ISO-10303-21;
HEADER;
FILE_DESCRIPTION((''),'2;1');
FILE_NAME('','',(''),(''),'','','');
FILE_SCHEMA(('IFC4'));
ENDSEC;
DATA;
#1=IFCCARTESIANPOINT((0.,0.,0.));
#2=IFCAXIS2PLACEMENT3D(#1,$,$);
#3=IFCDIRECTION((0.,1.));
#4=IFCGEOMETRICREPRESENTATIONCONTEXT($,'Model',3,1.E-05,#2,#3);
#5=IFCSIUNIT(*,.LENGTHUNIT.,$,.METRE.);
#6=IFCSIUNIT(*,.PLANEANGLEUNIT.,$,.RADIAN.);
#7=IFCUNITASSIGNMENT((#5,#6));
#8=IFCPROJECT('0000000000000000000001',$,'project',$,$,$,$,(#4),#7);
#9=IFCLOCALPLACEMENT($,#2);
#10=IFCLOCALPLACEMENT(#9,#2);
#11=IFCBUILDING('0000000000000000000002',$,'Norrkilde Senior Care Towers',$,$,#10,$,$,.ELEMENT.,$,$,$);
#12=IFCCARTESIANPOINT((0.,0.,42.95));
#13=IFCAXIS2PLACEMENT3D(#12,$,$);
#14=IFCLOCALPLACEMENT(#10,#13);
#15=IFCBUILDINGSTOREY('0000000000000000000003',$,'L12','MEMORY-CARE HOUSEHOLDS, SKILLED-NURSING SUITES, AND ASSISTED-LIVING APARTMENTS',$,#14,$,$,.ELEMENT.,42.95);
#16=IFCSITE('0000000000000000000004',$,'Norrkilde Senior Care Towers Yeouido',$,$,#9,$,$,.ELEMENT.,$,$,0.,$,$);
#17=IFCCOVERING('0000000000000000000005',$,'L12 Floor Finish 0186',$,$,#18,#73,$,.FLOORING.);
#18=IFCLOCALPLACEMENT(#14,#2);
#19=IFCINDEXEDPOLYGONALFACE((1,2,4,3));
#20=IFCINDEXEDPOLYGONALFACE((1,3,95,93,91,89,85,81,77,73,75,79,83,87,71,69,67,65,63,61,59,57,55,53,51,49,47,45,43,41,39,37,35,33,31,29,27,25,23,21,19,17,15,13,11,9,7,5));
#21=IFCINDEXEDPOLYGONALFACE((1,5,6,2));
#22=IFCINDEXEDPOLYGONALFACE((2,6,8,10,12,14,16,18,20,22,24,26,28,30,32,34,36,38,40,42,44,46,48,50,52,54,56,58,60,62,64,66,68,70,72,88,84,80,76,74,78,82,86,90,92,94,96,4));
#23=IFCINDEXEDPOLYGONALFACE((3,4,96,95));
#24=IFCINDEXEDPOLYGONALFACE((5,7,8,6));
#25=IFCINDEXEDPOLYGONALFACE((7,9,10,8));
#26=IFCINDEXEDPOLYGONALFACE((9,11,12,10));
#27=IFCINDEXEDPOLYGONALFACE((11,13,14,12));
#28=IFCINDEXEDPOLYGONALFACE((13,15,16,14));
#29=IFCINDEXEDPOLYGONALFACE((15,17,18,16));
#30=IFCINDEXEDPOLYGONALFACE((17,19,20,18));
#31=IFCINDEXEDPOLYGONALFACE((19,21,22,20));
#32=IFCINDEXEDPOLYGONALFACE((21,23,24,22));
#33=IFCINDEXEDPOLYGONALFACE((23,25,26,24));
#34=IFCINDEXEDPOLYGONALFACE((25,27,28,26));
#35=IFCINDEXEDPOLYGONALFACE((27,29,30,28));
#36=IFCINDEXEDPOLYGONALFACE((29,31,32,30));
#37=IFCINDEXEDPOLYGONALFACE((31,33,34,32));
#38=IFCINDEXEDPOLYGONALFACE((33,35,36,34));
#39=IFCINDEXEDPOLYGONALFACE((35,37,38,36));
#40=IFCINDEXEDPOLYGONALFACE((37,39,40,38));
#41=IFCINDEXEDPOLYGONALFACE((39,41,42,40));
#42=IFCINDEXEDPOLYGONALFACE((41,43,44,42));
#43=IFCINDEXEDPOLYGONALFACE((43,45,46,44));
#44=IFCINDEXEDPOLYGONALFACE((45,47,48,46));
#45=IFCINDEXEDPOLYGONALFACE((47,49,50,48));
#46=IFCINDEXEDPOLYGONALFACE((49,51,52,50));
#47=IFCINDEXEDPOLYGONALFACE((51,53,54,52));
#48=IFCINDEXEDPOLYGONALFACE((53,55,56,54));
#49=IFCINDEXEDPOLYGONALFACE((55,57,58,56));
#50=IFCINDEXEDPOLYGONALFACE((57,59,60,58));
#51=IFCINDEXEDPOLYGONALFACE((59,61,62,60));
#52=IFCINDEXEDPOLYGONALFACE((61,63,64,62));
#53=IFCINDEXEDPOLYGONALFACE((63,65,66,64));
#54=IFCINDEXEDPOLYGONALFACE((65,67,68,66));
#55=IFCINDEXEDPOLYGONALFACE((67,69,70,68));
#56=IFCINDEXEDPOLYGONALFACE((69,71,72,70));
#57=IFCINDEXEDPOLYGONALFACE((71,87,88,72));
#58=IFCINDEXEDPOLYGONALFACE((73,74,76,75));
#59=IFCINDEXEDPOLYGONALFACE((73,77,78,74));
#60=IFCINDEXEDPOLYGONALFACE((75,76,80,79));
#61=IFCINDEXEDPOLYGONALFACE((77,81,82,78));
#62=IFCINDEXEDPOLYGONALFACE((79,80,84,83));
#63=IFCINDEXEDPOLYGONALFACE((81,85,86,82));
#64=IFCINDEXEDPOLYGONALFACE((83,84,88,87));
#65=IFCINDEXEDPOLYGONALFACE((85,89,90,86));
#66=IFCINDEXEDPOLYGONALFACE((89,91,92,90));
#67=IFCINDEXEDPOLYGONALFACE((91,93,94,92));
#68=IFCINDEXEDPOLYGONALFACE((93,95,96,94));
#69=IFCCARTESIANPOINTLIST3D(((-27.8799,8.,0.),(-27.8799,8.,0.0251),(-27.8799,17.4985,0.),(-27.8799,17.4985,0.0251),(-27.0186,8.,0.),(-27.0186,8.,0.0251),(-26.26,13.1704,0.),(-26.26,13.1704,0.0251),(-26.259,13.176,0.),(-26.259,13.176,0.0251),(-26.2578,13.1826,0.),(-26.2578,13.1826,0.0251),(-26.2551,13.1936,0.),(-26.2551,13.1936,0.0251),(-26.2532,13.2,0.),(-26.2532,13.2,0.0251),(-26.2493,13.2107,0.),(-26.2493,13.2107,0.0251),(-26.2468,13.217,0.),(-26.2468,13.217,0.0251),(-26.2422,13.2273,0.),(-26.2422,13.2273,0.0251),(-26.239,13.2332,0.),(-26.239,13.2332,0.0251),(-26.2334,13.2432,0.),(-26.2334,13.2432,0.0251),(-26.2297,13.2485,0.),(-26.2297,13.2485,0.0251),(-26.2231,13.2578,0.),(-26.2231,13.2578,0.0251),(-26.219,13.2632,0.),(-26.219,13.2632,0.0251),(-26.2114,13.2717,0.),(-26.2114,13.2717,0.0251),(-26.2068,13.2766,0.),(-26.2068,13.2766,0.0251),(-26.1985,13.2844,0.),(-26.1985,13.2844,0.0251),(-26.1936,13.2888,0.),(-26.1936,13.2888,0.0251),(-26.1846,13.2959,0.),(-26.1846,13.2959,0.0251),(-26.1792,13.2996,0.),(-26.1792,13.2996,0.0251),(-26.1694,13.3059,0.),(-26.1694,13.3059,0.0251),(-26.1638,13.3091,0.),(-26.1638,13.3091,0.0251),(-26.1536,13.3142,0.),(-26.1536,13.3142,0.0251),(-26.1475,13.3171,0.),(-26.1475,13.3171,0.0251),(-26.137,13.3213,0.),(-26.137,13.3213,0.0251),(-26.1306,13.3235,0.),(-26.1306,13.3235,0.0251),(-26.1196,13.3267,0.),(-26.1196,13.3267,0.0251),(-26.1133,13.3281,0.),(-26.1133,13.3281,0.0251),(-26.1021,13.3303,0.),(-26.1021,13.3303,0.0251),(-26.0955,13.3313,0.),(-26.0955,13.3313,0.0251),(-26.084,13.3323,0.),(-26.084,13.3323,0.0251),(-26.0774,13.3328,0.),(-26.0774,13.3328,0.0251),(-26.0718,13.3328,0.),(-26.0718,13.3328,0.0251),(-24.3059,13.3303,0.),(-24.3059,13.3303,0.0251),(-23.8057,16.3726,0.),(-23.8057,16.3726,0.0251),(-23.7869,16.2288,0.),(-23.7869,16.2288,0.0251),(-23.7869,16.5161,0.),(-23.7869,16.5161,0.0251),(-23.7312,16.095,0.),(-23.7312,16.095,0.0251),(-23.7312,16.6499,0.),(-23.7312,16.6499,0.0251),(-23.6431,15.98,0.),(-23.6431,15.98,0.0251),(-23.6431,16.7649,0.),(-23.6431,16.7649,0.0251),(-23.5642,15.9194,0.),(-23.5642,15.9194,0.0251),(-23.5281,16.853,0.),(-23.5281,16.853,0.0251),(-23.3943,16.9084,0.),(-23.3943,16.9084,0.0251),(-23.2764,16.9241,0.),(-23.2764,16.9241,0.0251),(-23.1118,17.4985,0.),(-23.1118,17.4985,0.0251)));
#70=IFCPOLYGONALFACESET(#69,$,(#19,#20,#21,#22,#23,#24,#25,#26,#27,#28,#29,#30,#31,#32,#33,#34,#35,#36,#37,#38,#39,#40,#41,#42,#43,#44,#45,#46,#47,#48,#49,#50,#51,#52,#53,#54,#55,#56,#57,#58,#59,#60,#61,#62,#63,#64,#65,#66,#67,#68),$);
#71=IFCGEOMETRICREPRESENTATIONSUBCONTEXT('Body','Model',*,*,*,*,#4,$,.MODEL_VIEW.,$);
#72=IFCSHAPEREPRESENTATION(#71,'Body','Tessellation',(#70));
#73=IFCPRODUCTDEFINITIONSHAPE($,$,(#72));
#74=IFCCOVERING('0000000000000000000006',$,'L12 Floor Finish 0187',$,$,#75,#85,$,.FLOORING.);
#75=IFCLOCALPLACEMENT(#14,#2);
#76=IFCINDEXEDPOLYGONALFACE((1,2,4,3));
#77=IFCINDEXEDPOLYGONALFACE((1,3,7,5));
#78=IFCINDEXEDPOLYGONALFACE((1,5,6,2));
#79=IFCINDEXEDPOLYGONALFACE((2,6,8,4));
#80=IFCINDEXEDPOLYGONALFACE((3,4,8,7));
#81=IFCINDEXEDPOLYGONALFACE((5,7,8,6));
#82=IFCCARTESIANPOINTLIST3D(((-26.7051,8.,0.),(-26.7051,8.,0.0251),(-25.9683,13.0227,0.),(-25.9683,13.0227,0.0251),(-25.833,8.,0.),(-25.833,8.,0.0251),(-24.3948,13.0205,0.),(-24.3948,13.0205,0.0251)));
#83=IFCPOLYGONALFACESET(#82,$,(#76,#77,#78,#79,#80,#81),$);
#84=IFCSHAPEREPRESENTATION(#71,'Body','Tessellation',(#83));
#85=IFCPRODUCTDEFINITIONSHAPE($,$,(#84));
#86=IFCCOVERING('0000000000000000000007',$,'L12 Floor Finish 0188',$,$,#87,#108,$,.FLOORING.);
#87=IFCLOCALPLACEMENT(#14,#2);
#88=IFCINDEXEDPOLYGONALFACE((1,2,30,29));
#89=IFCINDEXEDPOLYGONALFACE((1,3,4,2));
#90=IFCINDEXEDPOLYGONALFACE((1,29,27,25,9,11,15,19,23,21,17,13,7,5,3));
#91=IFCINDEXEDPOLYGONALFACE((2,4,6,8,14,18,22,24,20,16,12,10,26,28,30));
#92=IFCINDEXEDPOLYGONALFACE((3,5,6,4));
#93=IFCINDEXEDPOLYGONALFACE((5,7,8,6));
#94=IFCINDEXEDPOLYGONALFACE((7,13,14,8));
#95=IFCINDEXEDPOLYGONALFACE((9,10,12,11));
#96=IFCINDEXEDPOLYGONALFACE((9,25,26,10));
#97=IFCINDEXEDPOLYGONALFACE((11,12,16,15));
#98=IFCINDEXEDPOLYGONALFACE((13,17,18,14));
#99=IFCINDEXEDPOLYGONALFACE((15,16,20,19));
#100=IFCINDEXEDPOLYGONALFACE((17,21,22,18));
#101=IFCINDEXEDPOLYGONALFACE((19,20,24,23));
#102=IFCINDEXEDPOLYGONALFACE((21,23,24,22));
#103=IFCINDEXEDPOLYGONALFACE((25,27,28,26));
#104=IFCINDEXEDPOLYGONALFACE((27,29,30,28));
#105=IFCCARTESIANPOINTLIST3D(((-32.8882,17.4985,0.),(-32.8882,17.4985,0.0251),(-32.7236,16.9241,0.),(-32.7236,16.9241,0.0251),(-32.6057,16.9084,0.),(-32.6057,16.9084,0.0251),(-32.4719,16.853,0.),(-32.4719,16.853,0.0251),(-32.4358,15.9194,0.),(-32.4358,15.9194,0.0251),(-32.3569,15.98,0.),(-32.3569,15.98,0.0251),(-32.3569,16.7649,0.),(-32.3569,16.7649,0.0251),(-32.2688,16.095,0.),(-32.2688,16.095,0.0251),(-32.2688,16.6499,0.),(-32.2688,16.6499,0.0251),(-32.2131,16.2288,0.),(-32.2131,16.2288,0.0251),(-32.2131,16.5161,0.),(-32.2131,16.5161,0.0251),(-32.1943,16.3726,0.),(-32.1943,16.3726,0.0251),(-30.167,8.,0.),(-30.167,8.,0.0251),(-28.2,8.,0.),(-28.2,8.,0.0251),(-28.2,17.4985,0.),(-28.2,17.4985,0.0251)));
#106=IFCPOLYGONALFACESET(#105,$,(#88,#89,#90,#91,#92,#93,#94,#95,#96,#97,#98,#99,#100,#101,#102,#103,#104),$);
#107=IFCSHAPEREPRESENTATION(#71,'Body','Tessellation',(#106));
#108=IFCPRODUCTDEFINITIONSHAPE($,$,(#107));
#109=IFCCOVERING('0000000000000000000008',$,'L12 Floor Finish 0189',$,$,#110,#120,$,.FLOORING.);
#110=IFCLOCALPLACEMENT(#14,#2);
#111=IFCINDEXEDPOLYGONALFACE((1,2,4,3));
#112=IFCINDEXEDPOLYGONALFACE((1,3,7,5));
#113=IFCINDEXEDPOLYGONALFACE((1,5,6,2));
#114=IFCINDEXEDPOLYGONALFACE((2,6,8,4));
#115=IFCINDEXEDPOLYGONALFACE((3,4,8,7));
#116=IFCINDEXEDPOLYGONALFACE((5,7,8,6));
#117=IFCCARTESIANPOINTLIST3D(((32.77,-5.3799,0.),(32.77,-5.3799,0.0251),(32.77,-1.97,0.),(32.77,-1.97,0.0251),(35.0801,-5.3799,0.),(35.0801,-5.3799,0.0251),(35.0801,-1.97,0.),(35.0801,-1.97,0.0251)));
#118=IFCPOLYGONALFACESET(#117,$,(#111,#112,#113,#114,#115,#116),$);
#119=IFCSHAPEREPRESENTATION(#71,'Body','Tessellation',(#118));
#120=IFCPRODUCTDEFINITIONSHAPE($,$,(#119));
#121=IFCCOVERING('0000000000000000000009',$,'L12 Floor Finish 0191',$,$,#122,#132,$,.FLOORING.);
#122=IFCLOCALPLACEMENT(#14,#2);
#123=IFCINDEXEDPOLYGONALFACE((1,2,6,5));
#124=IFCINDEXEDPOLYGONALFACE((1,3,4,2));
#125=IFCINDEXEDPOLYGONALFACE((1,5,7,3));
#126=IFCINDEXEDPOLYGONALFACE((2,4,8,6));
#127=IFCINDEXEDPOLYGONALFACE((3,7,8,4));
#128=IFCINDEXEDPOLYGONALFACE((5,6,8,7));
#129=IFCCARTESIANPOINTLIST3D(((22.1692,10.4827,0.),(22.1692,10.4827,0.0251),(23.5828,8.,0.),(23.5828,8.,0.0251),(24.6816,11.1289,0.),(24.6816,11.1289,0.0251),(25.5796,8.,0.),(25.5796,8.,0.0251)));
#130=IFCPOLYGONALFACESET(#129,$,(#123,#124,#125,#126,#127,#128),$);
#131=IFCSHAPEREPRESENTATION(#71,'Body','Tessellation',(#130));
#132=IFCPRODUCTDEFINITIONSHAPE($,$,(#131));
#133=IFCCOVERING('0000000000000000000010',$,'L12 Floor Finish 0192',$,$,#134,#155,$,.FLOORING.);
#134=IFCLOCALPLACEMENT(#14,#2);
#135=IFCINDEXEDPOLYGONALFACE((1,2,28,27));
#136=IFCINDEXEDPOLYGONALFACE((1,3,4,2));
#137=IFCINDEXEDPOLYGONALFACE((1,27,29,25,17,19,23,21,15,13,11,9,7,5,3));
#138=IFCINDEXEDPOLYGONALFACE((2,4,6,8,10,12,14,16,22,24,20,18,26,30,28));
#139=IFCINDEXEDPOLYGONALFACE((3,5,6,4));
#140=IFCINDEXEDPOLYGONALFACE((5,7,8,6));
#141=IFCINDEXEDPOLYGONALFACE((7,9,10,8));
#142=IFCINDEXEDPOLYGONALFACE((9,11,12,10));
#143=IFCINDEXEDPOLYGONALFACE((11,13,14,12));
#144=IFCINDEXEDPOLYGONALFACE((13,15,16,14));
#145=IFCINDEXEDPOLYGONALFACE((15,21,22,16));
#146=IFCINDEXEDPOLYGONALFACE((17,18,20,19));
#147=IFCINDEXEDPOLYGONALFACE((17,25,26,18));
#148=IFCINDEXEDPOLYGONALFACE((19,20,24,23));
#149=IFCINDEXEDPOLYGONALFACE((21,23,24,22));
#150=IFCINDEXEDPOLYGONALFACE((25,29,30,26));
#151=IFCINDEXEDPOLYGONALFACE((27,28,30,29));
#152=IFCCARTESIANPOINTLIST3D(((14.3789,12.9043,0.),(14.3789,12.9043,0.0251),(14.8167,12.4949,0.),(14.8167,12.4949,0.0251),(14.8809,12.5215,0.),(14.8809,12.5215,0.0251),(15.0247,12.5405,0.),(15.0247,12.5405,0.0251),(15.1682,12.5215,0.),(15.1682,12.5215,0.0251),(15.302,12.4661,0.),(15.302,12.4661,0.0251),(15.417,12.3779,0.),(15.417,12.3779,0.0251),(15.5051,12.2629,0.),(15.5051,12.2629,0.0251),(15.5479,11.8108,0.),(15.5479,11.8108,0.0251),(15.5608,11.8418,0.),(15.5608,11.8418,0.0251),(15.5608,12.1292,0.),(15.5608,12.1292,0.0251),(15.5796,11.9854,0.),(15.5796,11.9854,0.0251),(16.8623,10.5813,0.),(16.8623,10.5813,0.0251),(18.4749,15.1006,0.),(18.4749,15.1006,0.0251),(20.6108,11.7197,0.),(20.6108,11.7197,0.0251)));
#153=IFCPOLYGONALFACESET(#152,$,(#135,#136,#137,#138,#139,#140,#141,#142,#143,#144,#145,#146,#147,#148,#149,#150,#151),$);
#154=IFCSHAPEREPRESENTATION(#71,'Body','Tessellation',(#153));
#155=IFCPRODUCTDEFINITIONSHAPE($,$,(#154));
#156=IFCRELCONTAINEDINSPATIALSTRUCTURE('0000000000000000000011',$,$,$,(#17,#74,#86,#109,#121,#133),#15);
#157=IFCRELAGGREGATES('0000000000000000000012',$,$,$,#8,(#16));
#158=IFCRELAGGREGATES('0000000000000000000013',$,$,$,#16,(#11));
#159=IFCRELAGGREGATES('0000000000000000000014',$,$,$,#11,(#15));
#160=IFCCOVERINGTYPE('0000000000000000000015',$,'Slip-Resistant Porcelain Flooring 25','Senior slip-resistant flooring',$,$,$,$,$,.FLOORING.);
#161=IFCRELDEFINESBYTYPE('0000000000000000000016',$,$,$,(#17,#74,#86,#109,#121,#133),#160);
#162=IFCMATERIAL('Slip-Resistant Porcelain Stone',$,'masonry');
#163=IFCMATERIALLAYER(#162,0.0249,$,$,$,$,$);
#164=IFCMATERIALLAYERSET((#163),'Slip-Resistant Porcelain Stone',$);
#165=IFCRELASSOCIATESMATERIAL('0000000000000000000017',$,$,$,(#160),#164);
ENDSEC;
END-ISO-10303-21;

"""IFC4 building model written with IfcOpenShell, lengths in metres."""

from ifc_helpers import new_model, si_unit, direction, frame, origin, place, context, subcontext, project, spatial, polyline, outline, extrude, material, layer, layer_set, type_object, element, save


model = new_model("IFC4")

# Units and contexts
model_context = context("Model", 3, precision=1e-05, world=origin(), true_north=direction((0.0, 1.0)))
body_context = subcontext(model_context, "Body", "Model", "MODEL_VIEW")
ifc_project = project(units=[si_unit("LENGTHUNIT", "METRE"), si_unit("PLANEANGLEUNIT", "RADIAN")], contexts=[model_context])

# Site, building, storey
site_placement = place(None, origin())
site = spatial("IfcSite", under=ifc_project, at=site_placement, Name="Norrkilde Senior Care Towers Yeouido", CompositionType="ELEMENT", RefElevation=0.0)
building_placement = place(site_placement, origin())
building = spatial("IfcBuilding", under=site, at=building_placement, Name="Norrkilde Senior Care Towers", CompositionType="ELEMENT")
storey_placement = place(building_placement, frame((0.0, 0.0, 42.95)))
storey = spatial("IfcBuildingStorey", under=building, at=storey_placement, Name="L12", Description="MEMORY-CARE HOUSEHOLDS, SKILLED-NURSING SUITES, AND ASSISTED-LIVING APARTMENTS", CompositionType="ELEMENT", Elevation=42.95)

# Coverings
ifc_material_1 = material(Name="Slip-Resistant Porcelain Stone", Category="masonry")
ifc_layer_1 = layer(ifc_material_1, 0.0249)
ifc_layer_set_1 = layer_set([ifc_layer_1], Name="Slip-Resistant Porcelain Stone")
covering_type_1 = type_object("IfcCoveringType", Name="Slip-Resistant Porcelain Flooring 25", Description="Senior slip-resistant flooring", PredefinedType="FLOORING", material=ifc_layer_set_1)
covering_1_placement = place(storey_placement, origin())
element("IfcCovering", 1, at=covering_1_placement, inside=storey, type_object=covering_type_1, Name="L12 Floor Finish 0186", PredefinedType="FLOORING", context=body_context, shape_type="SweptSolid", body=[
    extrude(outline(polyline([(-26.0955, 13.3313), (-26.1021, 13.3303), (-26.1133, 13.3281), (-26.1196, 13.3267), (-26.1306, 13.3235), (-26.137, 13.3213), (-26.1475, 13.3171), (-26.1536, 13.3142), (-26.1638, 13.3091), (-26.1694, 13.3059), (-26.1792, 13.2996), (-26.1846, 13.2959), (-26.1936, 13.2888), (-26.1985, 13.2844), (-26.2068, 13.2766), (-26.2114, 13.2717), (-26.219, 13.2632), (-26.2231, 13.2578), (-26.2297, 13.2485), (-26.2334, 13.2432), (-26.239, 13.2332), (-26.2422, 13.2273), (-26.2468, 13.217), (-26.2493, 13.2107), (-26.2532, 13.2), (-26.2551, 13.1936), (-26.2578, 13.1826), (-26.259, 13.176), (-26.26, 13.1704), (-27.0186, 8.0), (-27.8799, 8.0), (-27.8799, 17.4985), (-23.1118, 17.4985), (-23.2764, 16.9241), (-23.3943, 16.9084), (-23.5281, 16.853), (-23.6431, 16.7649), (-23.7312, 16.6499), (-23.7869, 16.5161), (-23.8057, 16.3726), (-23.7869, 16.2288), (-23.7312, 16.095), (-23.6431, 15.98), (-23.5642, 15.9194), (-24.3059, 13.3303), (-26.0718, 13.3328), (-26.0774, 13.3328), (-26.084, 13.3323), (-26.0955, 13.3313)])), origin(), (0.0, 0.0, 1.0), 0.0251),
])
covering_2_placement = place(storey_placement, origin())
element("IfcCovering", 2, at=covering_2_placement, inside=storey, type_object=covering_type_1, Name="L12 Floor Finish 0187", PredefinedType="FLOORING", context=body_context, shape_type="SweptSolid", body=[
    extrude(outline(polyline([(-24.3948, 13.0205), (-25.833, 8.0), (-26.7051, 8.0), (-25.9683, 13.0227), (-24.3948, 13.0205)])), origin(), (0.0, 0.0, 1.0), 0.0251),
])
covering_3_placement = place(storey_placement, origin())
element("IfcCovering", 3, at=covering_3_placement, inside=storey, type_object=covering_type_1, Name="L12 Floor Finish 0188", PredefinedType="FLOORING", context=body_context, shape_type="SweptSolid", body=[
    extrude(outline(polyline([(-28.2, 17.4985), (-28.2, 8.0), (-30.167, 8.0), (-32.4358, 15.9194), (-32.3569, 15.98), (-32.2688, 16.095), (-32.2131, 16.2288), (-32.1943, 16.3726), (-32.2131, 16.5161), (-32.2688, 16.6499), (-32.3569, 16.7649), (-32.4719, 16.853), (-32.6057, 16.9084), (-32.7236, 16.9241), (-32.8882, 17.4985), (-28.2, 17.4985)])), origin(), (0.0, 0.0, 1.0), 0.0251),
])
covering_4_placement = place(storey_placement, origin())
element("IfcCovering", 4, at=covering_4_placement, inside=storey, type_object=covering_type_1, Name="L12 Floor Finish 0189", PredefinedType="FLOORING", context=body_context, shape_type="SweptSolid", body=[
    extrude(outline(polyline([(32.77, -5.3799), (32.77, -1.97), (35.0801, -1.97), (35.0801, -5.3799), (32.77, -5.3799)])), origin(), (0.0, 0.0, 1.0), 0.0251),
])
covering_5_placement = place(storey_placement, origin())
element("IfcCovering", 5, at=covering_5_placement, inside=storey, type_object=covering_type_1, Name="L12 Floor Finish 0191", PredefinedType="FLOORING", context=body_context, shape_type="SweptSolid", body=[
    extrude(outline(polyline([(24.6816, 11.1289), (25.5796, 8.0), (23.5828, 8.0), (22.1692, 10.4827), (24.6816, 11.1289)])), origin(), (0.0, 0.0, 1.0), 0.0251),
])
covering_6_placement = place(storey_placement, origin())
element("IfcCovering", 6, at=covering_6_placement, inside=storey, type_object=covering_type_1, Name="L12 Floor Finish 0192", PredefinedType="FLOORING", context=body_context, shape_type="SweptSolid", body=[
    extrude(outline(polyline([(15.5479, 11.8108), (15.5608, 11.8418), (15.5796, 11.9854), (15.5608, 12.1292), (15.5051, 12.2629), (15.417, 12.3779), (15.302, 12.4661), (15.1682, 12.5215), (15.0247, 12.5405), (14.8809, 12.5215), (14.8167, 12.4949), (14.3789, 12.9043), (18.4749, 15.1006), (20.6108, 11.7197), (16.8623, 10.5813), (15.5479, 11.8108)])), origin(), (0.0, 0.0, 1.0), 0.0251),
])

save(model, "model.ifc")
